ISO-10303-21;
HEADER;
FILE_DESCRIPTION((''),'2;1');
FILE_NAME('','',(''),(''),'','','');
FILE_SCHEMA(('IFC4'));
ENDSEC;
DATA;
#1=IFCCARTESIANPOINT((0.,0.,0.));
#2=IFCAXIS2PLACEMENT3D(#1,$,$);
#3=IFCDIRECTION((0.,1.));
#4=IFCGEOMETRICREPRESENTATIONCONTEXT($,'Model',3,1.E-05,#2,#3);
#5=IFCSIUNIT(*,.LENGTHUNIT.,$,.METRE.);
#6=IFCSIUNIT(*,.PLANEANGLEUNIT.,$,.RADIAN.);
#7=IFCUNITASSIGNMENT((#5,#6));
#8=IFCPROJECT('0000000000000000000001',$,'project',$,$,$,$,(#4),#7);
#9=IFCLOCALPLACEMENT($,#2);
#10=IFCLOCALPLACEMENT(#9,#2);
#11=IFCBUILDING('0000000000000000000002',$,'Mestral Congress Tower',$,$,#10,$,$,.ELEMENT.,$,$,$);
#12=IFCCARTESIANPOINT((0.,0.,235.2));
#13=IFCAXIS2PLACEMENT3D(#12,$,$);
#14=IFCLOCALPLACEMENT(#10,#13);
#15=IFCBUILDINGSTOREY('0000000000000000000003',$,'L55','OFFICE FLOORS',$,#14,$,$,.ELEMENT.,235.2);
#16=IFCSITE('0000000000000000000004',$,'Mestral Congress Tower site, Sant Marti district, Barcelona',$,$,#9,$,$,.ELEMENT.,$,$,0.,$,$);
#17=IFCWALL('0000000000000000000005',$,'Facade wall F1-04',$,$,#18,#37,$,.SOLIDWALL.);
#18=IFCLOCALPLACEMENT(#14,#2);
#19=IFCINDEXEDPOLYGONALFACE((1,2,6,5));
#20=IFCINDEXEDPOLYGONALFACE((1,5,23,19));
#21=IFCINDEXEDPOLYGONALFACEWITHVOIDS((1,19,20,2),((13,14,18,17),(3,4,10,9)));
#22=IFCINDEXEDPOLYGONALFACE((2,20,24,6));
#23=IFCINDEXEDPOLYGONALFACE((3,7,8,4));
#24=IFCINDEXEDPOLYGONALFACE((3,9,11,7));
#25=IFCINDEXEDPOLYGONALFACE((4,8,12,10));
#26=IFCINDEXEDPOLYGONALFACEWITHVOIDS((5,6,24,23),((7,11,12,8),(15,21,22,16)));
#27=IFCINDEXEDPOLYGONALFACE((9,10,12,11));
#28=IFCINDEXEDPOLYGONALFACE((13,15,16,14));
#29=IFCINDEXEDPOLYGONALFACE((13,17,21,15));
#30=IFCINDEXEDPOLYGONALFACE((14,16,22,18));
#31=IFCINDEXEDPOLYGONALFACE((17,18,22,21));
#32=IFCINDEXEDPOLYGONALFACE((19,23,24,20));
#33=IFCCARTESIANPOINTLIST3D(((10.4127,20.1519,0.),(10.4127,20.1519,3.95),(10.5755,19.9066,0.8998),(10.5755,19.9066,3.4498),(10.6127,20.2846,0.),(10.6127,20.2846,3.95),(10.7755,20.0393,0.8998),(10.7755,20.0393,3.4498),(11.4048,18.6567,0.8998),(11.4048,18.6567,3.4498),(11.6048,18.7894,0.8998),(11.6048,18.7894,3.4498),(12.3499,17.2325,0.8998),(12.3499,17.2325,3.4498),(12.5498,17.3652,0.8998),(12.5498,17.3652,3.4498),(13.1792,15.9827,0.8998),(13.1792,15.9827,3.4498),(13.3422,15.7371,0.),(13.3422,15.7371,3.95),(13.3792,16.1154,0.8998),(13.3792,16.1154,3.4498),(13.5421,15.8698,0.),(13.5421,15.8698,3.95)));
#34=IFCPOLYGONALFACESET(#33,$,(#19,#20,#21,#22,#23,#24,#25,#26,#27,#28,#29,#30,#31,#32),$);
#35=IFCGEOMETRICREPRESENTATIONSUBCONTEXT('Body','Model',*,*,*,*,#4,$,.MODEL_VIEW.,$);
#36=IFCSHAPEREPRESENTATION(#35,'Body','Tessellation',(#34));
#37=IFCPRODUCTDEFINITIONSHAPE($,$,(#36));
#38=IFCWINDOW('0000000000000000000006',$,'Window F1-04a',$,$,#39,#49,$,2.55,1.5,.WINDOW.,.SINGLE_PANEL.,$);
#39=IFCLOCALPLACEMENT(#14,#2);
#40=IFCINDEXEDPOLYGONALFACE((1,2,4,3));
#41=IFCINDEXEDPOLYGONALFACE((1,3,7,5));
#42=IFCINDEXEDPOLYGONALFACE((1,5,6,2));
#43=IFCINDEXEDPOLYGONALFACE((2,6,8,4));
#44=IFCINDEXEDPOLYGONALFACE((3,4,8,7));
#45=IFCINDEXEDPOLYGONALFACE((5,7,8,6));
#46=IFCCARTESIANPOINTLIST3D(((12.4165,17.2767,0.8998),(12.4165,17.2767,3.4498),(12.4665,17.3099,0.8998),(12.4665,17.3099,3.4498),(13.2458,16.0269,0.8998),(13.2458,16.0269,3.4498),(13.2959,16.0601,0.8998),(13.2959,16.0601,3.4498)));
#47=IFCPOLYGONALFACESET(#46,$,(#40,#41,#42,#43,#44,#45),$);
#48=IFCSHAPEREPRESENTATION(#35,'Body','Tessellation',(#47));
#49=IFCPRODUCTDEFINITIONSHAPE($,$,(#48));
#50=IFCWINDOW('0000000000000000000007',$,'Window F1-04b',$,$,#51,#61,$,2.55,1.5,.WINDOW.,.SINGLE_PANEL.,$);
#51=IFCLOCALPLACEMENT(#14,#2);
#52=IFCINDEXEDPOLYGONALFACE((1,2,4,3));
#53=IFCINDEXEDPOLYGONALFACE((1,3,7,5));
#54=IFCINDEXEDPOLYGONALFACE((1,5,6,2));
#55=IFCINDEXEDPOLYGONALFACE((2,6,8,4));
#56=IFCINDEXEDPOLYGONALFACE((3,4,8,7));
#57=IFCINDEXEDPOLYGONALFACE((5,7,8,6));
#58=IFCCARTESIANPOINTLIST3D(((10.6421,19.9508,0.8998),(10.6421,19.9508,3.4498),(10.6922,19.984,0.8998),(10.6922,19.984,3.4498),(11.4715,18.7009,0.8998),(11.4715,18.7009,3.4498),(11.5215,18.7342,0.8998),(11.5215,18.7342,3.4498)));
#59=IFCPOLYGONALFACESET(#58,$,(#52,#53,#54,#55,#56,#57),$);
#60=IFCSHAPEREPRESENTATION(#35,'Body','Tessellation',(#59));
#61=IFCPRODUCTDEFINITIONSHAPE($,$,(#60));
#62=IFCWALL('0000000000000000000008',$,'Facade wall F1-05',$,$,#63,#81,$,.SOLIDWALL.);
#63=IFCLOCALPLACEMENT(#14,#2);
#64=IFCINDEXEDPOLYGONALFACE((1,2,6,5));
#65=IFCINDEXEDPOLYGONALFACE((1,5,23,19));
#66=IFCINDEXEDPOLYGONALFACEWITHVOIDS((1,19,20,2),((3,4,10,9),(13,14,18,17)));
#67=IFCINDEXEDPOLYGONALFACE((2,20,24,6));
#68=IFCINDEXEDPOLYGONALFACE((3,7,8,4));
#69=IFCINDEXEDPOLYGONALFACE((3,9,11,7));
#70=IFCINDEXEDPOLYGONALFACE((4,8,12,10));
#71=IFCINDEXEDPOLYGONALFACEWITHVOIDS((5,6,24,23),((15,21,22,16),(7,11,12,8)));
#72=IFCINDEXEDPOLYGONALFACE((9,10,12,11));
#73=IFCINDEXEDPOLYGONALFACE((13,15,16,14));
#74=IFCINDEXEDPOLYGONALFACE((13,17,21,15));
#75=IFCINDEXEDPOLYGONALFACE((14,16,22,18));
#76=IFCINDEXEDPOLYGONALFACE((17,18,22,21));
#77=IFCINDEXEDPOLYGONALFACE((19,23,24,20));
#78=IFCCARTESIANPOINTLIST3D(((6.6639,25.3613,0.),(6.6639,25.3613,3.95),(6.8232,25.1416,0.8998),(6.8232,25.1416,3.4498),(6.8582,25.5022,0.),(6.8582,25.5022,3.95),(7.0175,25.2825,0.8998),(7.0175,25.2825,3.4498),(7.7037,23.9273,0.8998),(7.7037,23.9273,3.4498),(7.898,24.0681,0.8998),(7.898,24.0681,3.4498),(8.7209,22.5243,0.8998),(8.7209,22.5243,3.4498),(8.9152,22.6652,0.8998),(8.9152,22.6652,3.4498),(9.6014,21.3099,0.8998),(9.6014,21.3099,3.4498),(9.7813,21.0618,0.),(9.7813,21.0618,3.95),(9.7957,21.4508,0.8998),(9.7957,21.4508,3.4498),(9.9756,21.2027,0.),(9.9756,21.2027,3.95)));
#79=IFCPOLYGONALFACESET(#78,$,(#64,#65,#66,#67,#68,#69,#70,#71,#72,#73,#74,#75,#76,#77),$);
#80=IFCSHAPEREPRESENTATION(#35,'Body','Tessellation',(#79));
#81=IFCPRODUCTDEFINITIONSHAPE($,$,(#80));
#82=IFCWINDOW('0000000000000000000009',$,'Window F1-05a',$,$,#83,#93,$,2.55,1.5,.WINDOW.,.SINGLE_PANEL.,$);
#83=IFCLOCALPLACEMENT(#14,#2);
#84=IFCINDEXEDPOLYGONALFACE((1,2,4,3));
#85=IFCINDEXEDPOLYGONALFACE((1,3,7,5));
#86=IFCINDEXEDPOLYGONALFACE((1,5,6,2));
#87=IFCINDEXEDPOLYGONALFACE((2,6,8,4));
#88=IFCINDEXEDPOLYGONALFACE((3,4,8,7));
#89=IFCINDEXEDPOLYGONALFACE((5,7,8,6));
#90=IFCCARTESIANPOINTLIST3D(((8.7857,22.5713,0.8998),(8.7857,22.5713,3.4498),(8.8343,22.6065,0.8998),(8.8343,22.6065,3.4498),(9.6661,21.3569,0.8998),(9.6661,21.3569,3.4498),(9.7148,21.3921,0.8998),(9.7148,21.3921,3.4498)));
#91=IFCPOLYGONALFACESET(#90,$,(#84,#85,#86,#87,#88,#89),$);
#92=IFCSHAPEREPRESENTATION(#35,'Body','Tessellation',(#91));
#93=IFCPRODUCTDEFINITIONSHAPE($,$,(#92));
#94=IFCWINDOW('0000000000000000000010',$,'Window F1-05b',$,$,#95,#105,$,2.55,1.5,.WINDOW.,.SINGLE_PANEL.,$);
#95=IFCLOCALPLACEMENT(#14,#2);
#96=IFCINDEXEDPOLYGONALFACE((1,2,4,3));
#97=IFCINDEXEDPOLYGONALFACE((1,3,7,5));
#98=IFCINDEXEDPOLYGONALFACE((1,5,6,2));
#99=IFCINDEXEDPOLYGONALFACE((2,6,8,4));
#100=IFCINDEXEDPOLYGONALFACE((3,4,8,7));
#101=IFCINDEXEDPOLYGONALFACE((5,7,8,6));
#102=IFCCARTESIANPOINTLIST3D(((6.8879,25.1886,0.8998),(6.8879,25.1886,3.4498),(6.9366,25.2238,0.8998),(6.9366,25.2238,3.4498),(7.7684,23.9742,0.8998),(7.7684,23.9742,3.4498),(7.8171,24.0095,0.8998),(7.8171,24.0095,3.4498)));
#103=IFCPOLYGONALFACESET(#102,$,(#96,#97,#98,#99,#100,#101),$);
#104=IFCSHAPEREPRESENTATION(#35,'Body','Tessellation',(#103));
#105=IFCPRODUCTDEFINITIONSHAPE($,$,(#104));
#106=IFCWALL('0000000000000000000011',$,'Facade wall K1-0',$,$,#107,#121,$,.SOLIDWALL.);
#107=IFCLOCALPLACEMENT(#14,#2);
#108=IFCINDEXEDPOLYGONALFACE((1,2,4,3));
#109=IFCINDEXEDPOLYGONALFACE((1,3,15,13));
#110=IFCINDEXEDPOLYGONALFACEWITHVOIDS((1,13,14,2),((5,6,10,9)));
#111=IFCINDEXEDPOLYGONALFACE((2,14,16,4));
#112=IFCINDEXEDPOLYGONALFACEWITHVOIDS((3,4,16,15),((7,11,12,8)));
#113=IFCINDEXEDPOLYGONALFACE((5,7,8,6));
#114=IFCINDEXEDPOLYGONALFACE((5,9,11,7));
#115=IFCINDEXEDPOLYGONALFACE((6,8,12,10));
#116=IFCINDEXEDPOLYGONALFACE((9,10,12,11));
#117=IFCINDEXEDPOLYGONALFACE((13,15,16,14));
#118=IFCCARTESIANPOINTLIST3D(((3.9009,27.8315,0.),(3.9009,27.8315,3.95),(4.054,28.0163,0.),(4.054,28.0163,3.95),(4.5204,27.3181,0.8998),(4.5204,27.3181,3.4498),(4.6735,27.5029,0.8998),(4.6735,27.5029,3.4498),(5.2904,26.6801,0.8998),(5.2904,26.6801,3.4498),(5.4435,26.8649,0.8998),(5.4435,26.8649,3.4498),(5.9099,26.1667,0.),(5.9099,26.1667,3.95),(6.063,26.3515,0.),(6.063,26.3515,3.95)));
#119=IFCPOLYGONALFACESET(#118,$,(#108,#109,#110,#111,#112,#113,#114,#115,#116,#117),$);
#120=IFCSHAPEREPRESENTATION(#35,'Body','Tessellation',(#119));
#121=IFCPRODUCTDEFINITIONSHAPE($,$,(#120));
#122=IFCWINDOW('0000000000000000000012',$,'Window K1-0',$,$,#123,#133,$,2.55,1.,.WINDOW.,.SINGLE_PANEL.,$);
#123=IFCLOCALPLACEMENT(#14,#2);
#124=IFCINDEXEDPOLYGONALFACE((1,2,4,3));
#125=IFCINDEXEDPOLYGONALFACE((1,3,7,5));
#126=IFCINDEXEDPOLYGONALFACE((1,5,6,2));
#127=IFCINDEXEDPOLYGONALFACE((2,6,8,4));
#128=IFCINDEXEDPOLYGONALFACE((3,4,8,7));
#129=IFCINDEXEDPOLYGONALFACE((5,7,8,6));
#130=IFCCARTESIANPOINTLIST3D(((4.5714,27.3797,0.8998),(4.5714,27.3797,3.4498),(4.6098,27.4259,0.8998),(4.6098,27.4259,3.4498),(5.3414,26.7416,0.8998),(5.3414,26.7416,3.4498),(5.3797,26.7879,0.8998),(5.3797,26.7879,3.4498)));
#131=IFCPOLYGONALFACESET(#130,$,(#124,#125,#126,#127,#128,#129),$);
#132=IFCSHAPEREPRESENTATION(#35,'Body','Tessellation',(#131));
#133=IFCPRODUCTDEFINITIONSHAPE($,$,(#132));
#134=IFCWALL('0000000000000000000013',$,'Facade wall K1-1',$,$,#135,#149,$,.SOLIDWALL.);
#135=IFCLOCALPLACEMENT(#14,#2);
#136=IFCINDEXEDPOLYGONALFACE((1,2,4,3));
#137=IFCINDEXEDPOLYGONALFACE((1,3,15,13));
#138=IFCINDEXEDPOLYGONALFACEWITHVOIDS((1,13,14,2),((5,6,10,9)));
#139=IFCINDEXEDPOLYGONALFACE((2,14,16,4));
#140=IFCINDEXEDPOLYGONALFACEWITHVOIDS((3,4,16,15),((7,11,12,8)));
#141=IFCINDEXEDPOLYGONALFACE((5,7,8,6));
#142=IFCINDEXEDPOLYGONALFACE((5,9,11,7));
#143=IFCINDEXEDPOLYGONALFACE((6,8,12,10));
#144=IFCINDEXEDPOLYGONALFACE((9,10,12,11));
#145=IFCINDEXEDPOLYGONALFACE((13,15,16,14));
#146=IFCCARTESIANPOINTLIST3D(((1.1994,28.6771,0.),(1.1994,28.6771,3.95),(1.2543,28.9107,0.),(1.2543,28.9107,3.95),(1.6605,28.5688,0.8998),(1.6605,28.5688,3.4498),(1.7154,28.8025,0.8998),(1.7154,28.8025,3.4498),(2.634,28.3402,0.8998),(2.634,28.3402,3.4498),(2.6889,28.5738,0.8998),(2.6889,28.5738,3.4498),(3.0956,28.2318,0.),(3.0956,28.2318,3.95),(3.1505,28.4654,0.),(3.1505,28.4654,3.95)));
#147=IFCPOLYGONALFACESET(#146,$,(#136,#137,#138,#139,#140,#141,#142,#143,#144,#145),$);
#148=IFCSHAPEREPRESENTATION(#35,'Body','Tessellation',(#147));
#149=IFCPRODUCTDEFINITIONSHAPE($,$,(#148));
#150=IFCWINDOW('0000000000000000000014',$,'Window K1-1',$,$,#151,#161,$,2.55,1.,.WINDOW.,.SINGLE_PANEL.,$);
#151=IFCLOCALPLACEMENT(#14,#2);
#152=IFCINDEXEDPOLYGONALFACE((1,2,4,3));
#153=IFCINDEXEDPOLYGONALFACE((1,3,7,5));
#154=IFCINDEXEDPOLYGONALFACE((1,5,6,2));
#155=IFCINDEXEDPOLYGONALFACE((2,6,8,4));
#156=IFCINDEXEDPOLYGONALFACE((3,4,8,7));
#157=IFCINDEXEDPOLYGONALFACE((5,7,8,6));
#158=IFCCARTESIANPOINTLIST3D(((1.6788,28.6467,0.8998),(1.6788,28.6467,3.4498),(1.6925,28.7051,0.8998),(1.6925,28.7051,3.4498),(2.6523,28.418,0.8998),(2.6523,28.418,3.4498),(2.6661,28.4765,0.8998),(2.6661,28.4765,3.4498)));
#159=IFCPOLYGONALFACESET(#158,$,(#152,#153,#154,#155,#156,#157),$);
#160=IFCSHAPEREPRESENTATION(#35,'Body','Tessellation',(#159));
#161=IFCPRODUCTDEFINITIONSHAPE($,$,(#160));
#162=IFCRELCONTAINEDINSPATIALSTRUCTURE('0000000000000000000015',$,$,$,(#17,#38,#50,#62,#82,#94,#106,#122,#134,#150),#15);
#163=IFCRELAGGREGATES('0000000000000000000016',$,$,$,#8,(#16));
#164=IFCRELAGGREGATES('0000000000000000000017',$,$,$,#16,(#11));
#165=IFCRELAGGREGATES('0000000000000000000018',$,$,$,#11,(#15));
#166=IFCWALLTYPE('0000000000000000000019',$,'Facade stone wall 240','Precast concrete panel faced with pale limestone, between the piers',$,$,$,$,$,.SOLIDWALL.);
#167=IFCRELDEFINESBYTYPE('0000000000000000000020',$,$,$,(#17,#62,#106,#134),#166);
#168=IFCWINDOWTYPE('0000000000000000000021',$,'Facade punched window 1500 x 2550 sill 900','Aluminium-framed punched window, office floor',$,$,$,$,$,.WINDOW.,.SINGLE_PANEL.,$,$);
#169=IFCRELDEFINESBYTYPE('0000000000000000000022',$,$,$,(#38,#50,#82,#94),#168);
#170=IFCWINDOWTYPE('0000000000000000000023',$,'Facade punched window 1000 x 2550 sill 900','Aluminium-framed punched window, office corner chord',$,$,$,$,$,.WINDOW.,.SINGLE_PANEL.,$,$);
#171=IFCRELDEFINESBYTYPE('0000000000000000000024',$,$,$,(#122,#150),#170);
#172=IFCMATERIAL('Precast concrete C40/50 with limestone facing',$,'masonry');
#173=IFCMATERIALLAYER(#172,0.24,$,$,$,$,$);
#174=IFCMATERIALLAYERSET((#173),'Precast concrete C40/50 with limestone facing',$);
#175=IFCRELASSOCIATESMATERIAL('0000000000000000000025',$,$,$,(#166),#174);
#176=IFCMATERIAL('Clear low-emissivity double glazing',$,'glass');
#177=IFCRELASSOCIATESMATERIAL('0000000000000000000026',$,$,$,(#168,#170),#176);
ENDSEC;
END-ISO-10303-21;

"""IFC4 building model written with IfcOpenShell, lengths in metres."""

from ifc_helpers import new_model, si_unit, direction, frame, frame_2d, origin, place, context, subcontext, project, spatial, rectangle, extrude, material, layer, layer_set, type_object, element, fill, save


model = new_model("IFC4")

# Units and contexts
model_context = context("Model", 3, precision=1e-05, world=origin(), true_north=direction((0.0, 1.0)))
body_context = subcontext(model_context, "Body", "Model", "MODEL_VIEW")
ifc_project = project(units=[si_unit("LENGTHUNIT", "METRE"), si_unit("PLANEANGLEUNIT", "RADIAN")], contexts=[model_context])

# Site, building, storey
site_placement = place(None, origin())
site = spatial("IfcSite", under=ifc_project, at=site_placement, Name="Mestral Congress Tower site, Sant Marti district, Barcelona", CompositionType="ELEMENT", RefElevation=0.0)
building_placement = place(site_placement, origin())
building = spatial("IfcBuilding", under=site, at=building_placement, Name="Mestral Congress Tower", CompositionType="ELEMENT")
storey_placement = place(building_placement, frame((0.0, 0.0, 235.2)))
storey = spatial("IfcBuildingStorey", under=building, at=storey_placement, Name="L55", Description="OFFICE FLOORS", CompositionType="ELEMENT", Elevation=235.2)

# Walls, openings, windows
ifc_material_1 = material(Name="Precast concrete C40/50 with limestone facing", Category="masonry")
ifc_layer_1 = layer(ifc_material_1, 0.24)
ifc_layer_set_1 = layer_set([ifc_layer_1], Name="Precast concrete C40/50 with limestone facing")
wall_type_1 = type_object("IfcWallType", Name="Facade stone wall 240", Description="Precast concrete panel faced with pale limestone, between the piers", PredefinedType="SOLIDWALL", material=ifc_layer_set_1)
wall_1_placement = place(storey_placement, frame((13.4421, 15.8035, 0.0), z_axis=(0.0, 0.0, 1.0), x_axis=(-0.552902, 0.833246, 0.0)))
wall_1 = element("IfcWall", 1, at=wall_1_placement, inside=storey, type_object=wall_type_1, Name="Facade wall F1-04", PredefinedType="SOLIDWALL", context=body_context, shape_type="SweptSolid", body=[
    extrude(rectangle(XDim=5.2983, YDim=0.24, at=frame_2d((2.6492, 0.0))), origin(), (0.0, 0.0, 1.0), 3.95),
])
opening_1_placement = place(wall_1_placement, frame((0.2947, 0.0, 0.8999)))
opening_1 = element("IfcOpeningElement", 2, at=opening_1_placement, cuts=wall_1, PredefinedType="OPENING", context=body_context, shape_type="SweptSolid", body=[
    extrude(rectangle(XDim=1.5, YDim=2.55, at=frame_2d((0.75, 1.2749))), frame((0.0, 0.1299, 0.0), z_axis=(0.0, -1.0, 0.0), x_axis=(1.0, 0.0, 0.0)), (0.0, 0.0, 1.0), 0.26),
])
opening_2_placement = place(wall_1_placement, frame((3.5039, 0.0, 0.8999)))
opening_2 = element("IfcOpeningElement", 3, at=opening_2_placement, cuts=wall_1, PredefinedType="OPENING", context=body_context, shape_type="SweptSolid", body=[
    extrude(rectangle(XDim=1.5, YDim=2.55, at=frame_2d((0.75, 1.2749))), frame((0.0, 0.1299, 0.0), z_axis=(0.0, -1.0, 0.0), x_axis=(1.0, 0.0, 0.0)), (0.0, 0.0, 1.0), 0.26),
])
ifc_material_2 = material(Name="Clear low-emissivity double glazing", Category="glass")
window_type_1 = type_object("IfcWindowType", Name="Facade punched window 1500 x 2550 sill 900", Description="Aluminium-framed punched window, office floor", PartitioningType="SINGLE_PANEL", PredefinedType="WINDOW", material=ifc_material_2)
window_1_placement = place(opening_1_placement, origin())
window_1 = element("IfcWindow", 4, at=window_1_placement, inside=storey, type_object=window_type_1, Name="Window F1-04a", OverallHeight=2.55, OverallWidth=1.5, PartitioningType="SINGLE_PANEL", PredefinedType="WINDOW", context=body_context, shape_type="SweptSolid", body=[
    extrude(rectangle(XDim=1.5, YDim=2.55, at=frame_2d((0.75, 1.2749))), frame((0.0, 0.04, 0.0), z_axis=(0.0, -1.0, 0.0), x_axis=(1.0, 0.0, 0.0)), (0.0, 0.0, 1.0), 0.0601),
])
fill(opening_1, window_1)
window_2_placement = place(opening_2_placement, origin())
window_2 = element("IfcWindow", 5, at=window_2_placement, inside=storey, type_object=window_type_1, Name="Window F1-04b", OverallHeight=2.55, OverallWidth=1.5, PartitioningType="SINGLE_PANEL", PredefinedType="WINDOW", context=body_context, shape_type="SweptSolid", body=[
    extrude(rectangle(XDim=1.5, YDim=2.55, at=frame_2d((0.75, 1.2749))), frame((0.0, 0.04, 0.0), z_axis=(0.0, -1.0, 0.0), x_axis=(1.0, 0.0, 0.0)), (0.0, 0.0, 1.0), 0.0601),
])
fill(opening_2, window_2)
wall_2_placement = place(storey_placement, frame((9.8784, 21.1323, 0.0), z_axis=(0.0, 0.0, 1.0), x_axis=(-0.586998, 0.809588, 0.0)))
wall_2 = element("IfcWall", 6, at=wall_2_placement, inside=storey, type_object=wall_type_1, Name="Facade wall F1-05", PredefinedType="SOLIDWALL", context=body_context, shape_type="SweptSolid", body=[
    extrude(rectangle(XDim=5.3108, YDim=0.24, at=frame_2d((2.6553, 0.0))), origin(), (0.0, 0.0, 1.0), 3.95),
])
opening_3_placement = place(wall_2_placement, frame((0.3064, 0.0, 0.8999)))
opening_3 = element("IfcOpeningElement", 7, at=opening_3_placement, cuts=wall_2, PredefinedType="OPENING", context=body_context, shape_type="SweptSolid", body=[
    extrude(rectangle(XDim=1.5, YDim=2.55, at=frame_2d((0.75, 1.2749))), frame((0.0, 0.1299, 0.0), z_axis=(0.0, -1.0, 0.0), x_axis=(1.0, 0.0, 0.0)), (0.0, 0.0, 1.0), 0.26),
])
opening_4_placement = place(wall_2_placement, frame((3.5393, 0.0, 0.8999)))
opening_4 = element("IfcOpeningElement", 8, at=opening_4_placement, cuts=wall_2, PredefinedType="OPENING", context=body_context, shape_type="SweptSolid", body=[
    extrude(rectangle(XDim=1.5, YDim=2.55, at=frame_2d((0.75, 1.2749))), frame((0.0, 0.1299, 0.0), z_axis=(0.0, -1.0, 0.0), x_axis=(1.0, 0.0, 0.0)), (0.0, 0.0, 1.0), 0.26),
])
window_3_placement = place(opening_3_placement, origin())
window_3 = element("IfcWindow", 9, at=window_3_placement, inside=storey, type_object=window_type_1, Name="Window F1-05a", OverallHeight=2.55, OverallWidth=1.5, PartitioningType="SINGLE_PANEL", PredefinedType="WINDOW", context=body_context, shape_type="SweptSolid", body=[
    extrude(rectangle(XDim=1.5, YDim=2.55, at=frame_2d((0.75, 1.2749))), frame((0.0, 0.04, 0.0), z_axis=(0.0, -1.0, 0.0), x_axis=(1.0, 0.0, 0.0)), (0.0, 0.0, 1.0), 0.0601),
])
fill(opening_3, window_3)
window_4_placement = place(opening_4_placement, origin())
window_4 = element("IfcWindow", 10, at=window_4_placement, inside=storey, type_object=window_type_1, Name="Window F1-05b", OverallHeight=2.55, OverallWidth=1.5, PartitioningType="SINGLE_PANEL", PredefinedType="WINDOW", context=body_context, shape_type="SweptSolid", body=[
    extrude(rectangle(XDim=1.5, YDim=2.55, at=frame_2d((0.75, 1.2749))), frame((0.0, 0.04, 0.0), z_axis=(0.0, -1.0, 0.0), x_axis=(1.0, 0.0, 0.0)), (0.0, 0.0, 1.0), 0.0601),
])
fill(opening_4, window_4)

# Walls, openings, windows
wall_3_placement = place(storey_placement, frame((5.9866, 26.259, 0.0), z_axis=(0.0, 0.0, 1.0), x_axis=(-0.76999, 0.638056, 0.0)))
wall_3 = element("IfcWall", 11, at=wall_3_placement, inside=storey, type_object=wall_type_1, Name="Facade wall K1-0", PredefinedType="SOLIDWALL", context=body_context, shape_type="SweptSolid", body=[
    extrude(rectangle(XDim=2.6091, YDim=0.24, at=frame_2d((1.3047, 0.0))), origin(), (0.0, 0.0, 1.0), 3.95),
])
opening_5_placement = place(wall_3_placement, frame((0.8047, 0.0, 0.8999)))
opening_5 = element("IfcOpeningElement", 12, at=opening_5_placement, cuts=wall_3, PredefinedType="OPENING", context=body_context, shape_type="SweptSolid", body=[
    extrude(rectangle(XDim=1.0, YDim=2.55, at=frame_2d((0.5, 1.2749))), frame((0.0, 0.1299, 0.0), z_axis=(0.0, -1.0, 0.0), x_axis=(1.0, 0.0, 0.0)), (0.0, 0.0, 1.0), 0.26),
])
window_type_2 = type_object("IfcWindowType", Name="Facade punched window 1000 x 2550 sill 900", Description="Aluminium-framed punched window, office corner chord", PartitioningType="SINGLE_PANEL", PredefinedType="WINDOW", material=ifc_material_2)
window_5_placement = place(opening_5_placement, origin())
window_5 = element("IfcWindow", 13, at=window_5_placement, inside=storey, type_object=window_type_2, Name="Window K1-0", OverallHeight=2.55, OverallWidth=1.0, PartitioningType="SINGLE_PANEL", PredefinedType="WINDOW", context=body_context, shape_type="SweptSolid", body=[
    extrude(rectangle(XDim=1.0, YDim=2.55, at=frame_2d((0.5, 1.2749))), frame((0.0, 0.04, 0.0), z_axis=(0.0, -1.0, 0.0), x_axis=(1.0, 0.0, 0.0)), (0.0, 0.0, 1.0), 0.0601),
])
fill(opening_5, window_5)
wall_4_placement = place(storey_placement, frame((3.123, 28.3486, 0.0), z_axis=(0.0, 0.0, 1.0), x_axis=(-0.973516, 0.22862, 0.0)))
wall_4 = element("IfcWall", 14, at=wall_4_placement, inside=storey, type_object=wall_type_1, Name="Facade wall K1-1", PredefinedType="SOLIDWALL", context=body_context, shape_type="SweptSolid", body=[
    extrude(rectangle(XDim=1.9478, YDim=0.24, at=frame_2d((0.9739, 0.0))), origin(), (0.0, 0.0, 1.0), 3.95),
])
opening_6_placement = place(wall_4_placement, frame((0.4741, 0.0, 0.8999)))
opening_6 = element("IfcOpeningElement", 15, at=opening_6_placement, cuts=wall_4, PredefinedType="OPENING", context=body_context, shape_type="SweptSolid", body=[
    extrude(rectangle(XDim=1.0, YDim=2.55, at=frame_2d((0.5, 1.2749))), frame((0.0, 0.1299, 0.0), z_axis=(0.0, -1.0, 0.0), x_axis=(1.0, 0.0, 0.0)), (0.0, 0.0, 1.0), 0.26),
])
window_6_placement = place(opening_6_placement, origin())
window_6 = element("IfcWindow", 16, at=window_6_placement, inside=storey, type_object=window_type_2, Name="Window K1-1", OverallHeight=2.55, OverallWidth=1.0, PartitioningType="SINGLE_PANEL", PredefinedType="WINDOW", context=body_context, shape_type="SweptSolid", body=[
    extrude(rectangle(XDim=1.0, YDim=2.55, at=frame_2d((0.5, 1.2749))), frame((0.0, 0.04, 0.0), z_axis=(0.0, -1.0, 0.0), x_axis=(1.0, 0.0, 0.0)), (0.0, 0.0, 1.0), 0.0601),
])
fill(opening_6, window_6)

save(model, "model.ifc")
